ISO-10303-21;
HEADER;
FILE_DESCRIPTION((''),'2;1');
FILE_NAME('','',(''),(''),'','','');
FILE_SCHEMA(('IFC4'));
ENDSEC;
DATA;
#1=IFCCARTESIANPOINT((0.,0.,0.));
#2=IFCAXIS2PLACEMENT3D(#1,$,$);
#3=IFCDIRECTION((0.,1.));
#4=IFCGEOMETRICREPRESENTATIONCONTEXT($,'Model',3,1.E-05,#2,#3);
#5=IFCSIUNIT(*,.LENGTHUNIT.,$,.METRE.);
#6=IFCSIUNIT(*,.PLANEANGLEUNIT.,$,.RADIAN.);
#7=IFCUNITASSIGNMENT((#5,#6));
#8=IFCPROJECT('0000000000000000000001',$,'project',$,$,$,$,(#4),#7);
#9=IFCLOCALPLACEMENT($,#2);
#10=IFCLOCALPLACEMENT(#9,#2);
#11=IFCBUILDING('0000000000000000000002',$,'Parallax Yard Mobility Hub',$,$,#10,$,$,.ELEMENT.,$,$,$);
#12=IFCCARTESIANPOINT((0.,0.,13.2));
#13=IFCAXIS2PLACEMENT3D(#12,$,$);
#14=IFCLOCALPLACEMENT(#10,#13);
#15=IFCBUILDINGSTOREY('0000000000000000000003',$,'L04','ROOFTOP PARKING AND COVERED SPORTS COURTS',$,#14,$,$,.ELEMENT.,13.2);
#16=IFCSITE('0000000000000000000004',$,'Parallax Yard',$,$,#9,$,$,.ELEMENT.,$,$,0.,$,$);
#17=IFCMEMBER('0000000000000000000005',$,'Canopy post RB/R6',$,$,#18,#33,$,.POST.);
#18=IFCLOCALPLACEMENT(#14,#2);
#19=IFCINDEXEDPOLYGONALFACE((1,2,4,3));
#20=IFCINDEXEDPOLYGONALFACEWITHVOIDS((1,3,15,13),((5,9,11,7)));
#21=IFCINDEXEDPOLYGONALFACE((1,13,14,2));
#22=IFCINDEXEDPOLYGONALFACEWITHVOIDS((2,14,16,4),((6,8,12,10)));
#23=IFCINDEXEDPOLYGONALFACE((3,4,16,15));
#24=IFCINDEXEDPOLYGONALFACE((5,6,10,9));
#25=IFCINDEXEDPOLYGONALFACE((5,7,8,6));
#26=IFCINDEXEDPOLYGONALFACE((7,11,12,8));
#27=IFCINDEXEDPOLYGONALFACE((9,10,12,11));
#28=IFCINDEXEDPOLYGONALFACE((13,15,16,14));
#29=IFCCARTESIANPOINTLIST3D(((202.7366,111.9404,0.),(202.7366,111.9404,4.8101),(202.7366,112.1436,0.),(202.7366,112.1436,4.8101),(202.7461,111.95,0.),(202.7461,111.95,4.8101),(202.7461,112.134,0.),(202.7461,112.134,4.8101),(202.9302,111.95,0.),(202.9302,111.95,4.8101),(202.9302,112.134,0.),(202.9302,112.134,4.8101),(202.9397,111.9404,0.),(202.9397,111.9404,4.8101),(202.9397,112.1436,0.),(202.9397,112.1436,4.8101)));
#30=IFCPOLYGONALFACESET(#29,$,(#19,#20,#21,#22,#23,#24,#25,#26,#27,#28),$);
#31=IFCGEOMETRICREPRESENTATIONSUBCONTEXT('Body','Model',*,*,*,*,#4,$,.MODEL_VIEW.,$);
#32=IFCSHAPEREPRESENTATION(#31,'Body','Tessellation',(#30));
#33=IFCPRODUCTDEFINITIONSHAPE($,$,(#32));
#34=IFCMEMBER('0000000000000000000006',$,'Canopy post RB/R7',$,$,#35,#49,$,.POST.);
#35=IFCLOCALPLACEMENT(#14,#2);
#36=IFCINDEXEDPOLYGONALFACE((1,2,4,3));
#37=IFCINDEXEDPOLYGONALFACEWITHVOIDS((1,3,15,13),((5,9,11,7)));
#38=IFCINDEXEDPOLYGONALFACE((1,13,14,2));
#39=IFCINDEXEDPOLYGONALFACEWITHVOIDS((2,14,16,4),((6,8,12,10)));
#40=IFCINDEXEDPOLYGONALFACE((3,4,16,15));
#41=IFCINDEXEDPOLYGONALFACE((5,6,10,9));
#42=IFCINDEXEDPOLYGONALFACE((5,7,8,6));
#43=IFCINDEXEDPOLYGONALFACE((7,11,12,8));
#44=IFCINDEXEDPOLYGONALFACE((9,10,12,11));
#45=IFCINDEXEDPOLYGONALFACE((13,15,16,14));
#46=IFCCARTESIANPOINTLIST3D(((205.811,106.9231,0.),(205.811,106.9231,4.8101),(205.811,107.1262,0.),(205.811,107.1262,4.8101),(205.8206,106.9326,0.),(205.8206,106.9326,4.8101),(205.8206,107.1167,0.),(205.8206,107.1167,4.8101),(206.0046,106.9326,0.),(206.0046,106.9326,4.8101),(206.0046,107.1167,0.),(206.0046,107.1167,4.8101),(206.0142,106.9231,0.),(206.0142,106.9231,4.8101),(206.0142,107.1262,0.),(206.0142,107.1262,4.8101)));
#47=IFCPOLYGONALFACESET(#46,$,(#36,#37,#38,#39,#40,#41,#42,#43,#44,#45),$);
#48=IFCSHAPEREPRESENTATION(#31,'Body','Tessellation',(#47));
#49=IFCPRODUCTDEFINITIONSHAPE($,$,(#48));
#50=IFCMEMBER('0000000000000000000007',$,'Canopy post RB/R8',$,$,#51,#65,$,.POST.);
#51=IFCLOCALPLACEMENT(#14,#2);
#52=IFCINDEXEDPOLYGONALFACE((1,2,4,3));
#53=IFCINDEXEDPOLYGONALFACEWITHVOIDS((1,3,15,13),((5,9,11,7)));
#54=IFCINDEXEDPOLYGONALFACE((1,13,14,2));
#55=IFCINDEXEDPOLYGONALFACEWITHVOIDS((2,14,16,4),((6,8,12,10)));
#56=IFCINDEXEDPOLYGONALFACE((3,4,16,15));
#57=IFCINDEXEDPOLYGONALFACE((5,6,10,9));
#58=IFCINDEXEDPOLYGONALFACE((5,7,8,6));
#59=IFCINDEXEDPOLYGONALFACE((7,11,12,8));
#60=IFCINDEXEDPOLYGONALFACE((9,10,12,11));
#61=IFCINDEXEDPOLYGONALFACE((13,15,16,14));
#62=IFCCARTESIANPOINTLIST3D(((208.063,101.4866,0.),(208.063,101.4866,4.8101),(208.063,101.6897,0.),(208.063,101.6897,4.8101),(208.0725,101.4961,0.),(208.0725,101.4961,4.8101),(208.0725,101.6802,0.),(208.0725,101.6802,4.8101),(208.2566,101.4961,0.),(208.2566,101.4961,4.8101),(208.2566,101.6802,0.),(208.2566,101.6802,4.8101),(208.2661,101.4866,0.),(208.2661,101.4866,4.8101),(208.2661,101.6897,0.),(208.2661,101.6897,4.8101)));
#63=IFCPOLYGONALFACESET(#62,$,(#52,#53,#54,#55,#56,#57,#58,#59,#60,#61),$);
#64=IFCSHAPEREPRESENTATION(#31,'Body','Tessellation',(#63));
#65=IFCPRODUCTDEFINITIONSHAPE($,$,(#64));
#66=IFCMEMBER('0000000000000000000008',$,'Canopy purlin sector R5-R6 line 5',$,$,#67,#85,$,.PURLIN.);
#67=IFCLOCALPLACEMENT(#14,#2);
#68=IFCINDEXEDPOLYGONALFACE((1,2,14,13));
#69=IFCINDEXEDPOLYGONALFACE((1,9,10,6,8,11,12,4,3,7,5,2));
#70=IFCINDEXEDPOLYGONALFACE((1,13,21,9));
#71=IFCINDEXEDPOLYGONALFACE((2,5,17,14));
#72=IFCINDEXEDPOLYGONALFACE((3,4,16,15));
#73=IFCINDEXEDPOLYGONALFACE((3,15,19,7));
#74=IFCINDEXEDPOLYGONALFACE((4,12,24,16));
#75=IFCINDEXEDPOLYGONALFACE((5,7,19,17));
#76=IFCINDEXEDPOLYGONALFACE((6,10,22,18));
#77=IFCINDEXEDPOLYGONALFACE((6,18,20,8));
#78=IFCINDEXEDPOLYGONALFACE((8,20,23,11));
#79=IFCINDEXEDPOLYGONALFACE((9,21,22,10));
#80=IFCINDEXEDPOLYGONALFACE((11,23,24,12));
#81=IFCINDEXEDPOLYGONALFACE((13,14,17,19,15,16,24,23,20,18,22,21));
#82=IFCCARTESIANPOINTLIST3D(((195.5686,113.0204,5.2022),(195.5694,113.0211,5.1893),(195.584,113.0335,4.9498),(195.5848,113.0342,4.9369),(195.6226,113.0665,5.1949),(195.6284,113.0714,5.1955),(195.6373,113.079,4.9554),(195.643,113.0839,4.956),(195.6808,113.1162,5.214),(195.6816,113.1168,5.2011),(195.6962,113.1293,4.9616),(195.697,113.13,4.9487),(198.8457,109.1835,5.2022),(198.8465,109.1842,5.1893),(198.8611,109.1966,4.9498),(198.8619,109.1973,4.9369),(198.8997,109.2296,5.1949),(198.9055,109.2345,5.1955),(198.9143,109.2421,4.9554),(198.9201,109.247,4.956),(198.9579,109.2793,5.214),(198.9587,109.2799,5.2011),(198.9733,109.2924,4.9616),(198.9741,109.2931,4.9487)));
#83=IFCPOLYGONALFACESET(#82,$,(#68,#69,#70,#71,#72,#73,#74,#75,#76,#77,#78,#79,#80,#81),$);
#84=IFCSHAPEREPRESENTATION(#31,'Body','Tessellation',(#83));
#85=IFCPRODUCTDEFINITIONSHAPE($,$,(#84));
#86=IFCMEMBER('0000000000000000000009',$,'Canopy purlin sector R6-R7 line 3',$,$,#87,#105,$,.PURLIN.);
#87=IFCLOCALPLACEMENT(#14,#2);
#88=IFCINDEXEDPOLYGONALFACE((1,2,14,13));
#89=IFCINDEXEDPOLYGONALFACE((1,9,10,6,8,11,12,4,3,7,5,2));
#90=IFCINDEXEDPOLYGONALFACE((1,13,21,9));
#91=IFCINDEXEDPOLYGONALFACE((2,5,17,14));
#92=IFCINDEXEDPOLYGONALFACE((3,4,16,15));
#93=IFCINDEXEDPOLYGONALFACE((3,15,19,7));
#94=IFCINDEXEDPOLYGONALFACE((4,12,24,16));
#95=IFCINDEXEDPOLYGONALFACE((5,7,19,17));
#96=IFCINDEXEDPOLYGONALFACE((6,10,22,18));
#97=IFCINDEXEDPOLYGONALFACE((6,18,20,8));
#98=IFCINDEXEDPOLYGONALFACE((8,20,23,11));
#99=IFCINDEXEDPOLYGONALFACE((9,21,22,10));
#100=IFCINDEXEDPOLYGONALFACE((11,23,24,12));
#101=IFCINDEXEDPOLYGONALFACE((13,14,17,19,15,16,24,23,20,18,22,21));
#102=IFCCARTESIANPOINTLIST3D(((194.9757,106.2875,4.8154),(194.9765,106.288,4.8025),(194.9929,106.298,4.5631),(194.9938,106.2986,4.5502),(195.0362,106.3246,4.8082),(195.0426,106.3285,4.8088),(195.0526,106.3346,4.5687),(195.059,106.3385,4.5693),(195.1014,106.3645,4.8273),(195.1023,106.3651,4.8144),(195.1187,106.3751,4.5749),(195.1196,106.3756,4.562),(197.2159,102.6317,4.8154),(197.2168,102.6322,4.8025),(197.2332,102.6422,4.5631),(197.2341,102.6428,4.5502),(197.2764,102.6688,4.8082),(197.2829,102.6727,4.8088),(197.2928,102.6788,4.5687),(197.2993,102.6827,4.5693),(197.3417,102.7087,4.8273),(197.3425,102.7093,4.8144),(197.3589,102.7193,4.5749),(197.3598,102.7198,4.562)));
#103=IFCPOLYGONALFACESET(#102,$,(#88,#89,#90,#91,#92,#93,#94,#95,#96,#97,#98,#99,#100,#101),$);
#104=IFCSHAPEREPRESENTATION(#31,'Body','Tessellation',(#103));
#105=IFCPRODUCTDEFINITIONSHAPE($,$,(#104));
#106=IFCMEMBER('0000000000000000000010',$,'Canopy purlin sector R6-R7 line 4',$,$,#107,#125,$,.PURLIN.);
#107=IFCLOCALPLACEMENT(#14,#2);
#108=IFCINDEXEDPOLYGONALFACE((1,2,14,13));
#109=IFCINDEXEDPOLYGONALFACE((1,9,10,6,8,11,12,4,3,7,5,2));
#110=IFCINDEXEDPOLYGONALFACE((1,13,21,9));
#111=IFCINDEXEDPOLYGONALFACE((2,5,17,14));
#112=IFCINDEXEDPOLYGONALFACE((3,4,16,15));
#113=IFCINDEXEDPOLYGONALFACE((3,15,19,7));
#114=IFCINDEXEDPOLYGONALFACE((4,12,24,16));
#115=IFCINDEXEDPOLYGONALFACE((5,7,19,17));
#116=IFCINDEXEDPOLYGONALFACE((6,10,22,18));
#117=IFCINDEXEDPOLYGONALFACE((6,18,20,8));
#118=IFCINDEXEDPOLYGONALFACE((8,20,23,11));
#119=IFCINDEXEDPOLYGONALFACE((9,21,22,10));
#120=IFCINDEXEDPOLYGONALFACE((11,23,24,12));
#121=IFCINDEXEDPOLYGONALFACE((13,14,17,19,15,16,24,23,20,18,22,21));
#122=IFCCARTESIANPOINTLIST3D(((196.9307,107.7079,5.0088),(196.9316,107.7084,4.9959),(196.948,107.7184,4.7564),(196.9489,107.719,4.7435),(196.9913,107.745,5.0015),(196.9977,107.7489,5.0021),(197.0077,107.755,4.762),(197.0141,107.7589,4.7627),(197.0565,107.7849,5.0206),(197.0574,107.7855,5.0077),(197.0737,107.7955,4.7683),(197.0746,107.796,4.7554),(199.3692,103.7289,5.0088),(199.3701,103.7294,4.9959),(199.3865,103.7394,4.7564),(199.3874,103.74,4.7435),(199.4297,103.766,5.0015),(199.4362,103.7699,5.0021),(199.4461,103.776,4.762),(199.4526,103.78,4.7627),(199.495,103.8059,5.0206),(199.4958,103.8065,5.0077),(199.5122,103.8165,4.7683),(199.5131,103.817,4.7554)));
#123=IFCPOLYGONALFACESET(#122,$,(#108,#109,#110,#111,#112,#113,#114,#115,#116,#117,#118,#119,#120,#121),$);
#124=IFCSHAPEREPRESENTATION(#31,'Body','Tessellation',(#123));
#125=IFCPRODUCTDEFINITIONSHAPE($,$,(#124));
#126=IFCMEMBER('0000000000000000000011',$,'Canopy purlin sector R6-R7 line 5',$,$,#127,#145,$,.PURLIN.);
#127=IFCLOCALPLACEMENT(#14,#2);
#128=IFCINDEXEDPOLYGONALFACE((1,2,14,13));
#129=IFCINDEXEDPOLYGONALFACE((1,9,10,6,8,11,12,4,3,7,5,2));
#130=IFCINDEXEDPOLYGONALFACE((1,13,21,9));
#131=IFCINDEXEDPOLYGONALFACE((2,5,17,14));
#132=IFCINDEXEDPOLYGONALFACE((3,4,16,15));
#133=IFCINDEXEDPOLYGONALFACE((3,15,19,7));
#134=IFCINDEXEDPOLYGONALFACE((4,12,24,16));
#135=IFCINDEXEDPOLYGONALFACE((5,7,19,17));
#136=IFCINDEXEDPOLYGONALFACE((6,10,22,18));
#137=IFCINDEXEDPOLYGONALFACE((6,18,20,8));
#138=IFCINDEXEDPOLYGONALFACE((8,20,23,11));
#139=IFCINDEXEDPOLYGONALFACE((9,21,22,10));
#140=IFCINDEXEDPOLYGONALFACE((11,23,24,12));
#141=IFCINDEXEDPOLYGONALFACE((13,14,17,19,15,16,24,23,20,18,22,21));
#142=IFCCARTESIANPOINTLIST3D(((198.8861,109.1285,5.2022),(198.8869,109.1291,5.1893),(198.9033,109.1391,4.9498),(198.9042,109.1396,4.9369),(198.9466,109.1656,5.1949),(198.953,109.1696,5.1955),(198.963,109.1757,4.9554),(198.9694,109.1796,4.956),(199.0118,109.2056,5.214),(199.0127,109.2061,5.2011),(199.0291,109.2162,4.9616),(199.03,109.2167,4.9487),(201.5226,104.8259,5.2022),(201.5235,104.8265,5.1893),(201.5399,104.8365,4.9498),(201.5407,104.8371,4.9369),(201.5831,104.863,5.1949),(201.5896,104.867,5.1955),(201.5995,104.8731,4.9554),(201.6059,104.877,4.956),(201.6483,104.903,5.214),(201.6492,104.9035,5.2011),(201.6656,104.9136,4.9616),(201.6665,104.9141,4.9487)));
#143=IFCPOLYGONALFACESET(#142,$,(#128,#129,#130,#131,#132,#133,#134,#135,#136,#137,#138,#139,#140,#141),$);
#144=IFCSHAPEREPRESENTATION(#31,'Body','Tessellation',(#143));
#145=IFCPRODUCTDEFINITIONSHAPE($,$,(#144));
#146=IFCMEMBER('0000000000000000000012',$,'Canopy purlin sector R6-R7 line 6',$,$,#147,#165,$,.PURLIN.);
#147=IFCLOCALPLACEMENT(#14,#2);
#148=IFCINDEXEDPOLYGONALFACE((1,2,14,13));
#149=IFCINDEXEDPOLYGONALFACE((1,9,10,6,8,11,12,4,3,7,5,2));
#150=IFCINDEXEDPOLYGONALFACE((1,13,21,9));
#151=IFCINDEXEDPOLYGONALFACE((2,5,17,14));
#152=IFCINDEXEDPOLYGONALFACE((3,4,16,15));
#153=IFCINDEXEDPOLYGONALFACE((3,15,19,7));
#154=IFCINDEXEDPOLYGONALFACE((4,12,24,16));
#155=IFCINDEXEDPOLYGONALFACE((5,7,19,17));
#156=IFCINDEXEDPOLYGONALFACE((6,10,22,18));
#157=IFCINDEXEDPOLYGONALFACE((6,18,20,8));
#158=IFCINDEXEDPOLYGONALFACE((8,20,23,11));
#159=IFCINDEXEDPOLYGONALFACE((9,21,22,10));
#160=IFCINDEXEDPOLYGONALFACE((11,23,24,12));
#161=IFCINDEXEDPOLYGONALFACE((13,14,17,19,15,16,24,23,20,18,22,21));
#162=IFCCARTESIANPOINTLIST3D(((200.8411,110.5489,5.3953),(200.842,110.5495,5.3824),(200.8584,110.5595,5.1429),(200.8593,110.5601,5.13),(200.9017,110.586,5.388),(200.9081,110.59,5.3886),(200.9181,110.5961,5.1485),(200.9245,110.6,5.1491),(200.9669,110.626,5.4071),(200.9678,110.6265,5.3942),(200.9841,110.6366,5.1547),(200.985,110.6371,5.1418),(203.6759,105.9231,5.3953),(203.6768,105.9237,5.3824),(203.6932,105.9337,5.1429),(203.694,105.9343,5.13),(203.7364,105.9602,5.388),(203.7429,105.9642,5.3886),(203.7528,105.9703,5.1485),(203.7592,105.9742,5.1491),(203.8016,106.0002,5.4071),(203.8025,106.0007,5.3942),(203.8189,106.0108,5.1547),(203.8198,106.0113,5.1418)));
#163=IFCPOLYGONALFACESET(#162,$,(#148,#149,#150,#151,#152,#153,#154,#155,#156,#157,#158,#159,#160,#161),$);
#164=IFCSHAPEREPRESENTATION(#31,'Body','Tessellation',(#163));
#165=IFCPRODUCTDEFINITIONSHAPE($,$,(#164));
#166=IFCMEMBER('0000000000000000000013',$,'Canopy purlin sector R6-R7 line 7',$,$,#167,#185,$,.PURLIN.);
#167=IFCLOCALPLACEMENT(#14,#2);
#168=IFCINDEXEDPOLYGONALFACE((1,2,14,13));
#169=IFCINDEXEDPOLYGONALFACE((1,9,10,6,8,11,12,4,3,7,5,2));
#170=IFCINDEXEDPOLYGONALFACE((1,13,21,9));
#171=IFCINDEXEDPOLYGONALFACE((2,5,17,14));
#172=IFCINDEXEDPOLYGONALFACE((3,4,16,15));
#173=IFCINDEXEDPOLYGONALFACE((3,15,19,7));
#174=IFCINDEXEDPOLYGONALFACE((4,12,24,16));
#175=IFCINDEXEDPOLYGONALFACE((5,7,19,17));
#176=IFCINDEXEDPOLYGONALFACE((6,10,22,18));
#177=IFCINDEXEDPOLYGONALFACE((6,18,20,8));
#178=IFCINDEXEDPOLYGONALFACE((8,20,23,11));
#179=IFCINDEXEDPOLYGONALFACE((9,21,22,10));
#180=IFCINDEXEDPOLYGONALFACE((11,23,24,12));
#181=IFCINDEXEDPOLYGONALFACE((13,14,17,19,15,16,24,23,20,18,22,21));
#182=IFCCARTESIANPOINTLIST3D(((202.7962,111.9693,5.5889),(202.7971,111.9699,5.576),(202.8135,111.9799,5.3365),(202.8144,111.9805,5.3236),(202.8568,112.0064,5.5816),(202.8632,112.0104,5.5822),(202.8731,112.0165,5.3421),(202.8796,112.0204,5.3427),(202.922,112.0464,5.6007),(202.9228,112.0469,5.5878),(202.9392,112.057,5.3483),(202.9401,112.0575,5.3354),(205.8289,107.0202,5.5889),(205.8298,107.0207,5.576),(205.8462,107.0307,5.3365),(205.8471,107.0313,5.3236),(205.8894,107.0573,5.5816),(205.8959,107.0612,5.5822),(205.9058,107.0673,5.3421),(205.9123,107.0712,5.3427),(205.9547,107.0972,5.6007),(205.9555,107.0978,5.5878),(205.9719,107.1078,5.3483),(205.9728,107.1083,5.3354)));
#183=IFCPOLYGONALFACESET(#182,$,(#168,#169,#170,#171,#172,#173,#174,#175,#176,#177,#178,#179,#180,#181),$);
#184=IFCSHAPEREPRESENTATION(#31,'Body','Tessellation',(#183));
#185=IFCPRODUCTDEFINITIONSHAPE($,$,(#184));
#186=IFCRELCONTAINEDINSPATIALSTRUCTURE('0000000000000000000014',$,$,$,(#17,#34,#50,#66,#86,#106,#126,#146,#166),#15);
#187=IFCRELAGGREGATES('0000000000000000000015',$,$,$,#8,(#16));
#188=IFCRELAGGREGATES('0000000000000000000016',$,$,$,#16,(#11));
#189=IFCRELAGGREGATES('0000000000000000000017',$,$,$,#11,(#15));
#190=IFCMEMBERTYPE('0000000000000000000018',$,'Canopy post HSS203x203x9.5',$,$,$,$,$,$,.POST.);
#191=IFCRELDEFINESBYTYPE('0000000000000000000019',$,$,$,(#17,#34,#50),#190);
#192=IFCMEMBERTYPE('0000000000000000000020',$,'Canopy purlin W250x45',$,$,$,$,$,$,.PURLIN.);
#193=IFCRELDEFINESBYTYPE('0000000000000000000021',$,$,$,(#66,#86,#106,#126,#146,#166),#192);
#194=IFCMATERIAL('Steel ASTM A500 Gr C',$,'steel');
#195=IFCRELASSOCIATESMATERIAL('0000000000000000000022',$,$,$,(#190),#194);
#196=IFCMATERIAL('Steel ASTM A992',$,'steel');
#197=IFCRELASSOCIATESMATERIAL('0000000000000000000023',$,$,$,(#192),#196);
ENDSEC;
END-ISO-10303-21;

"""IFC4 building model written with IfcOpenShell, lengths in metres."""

from ifc_helpers import new_model, si_unit, direction, frame, origin, origin_2d, place, context, subcontext, project, spatial, hollow_rectangle, i_section, extrude, material, material_profile, profile_set, type_object, element, save


model = new_model("IFC4")

# Units and contexts
model_context = context("Model", 3, precision=1e-05, world=origin(), true_north=direction((0.0, 1.0)))
body_context = subcontext(model_context, "Body", "Model", "MODEL_VIEW")
ifc_project = project(units=[si_unit("LENGTHUNIT", "METRE"), si_unit("PLANEANGLEUNIT", "RADIAN")], contexts=[model_context])

# Site, building, storey
site_placement = place(None, origin())
site = spatial("IfcSite", under=ifc_project, at=site_placement, Name="Parallax Yard", CompositionType="ELEMENT", RefElevation=0.0)
building_placement = place(site_placement, origin())
building = spatial("IfcBuilding", under=site, at=building_placement, Name="Parallax Yard Mobility Hub", CompositionType="ELEMENT")
storey_placement = place(building_placement, frame((0.0, 0.0, 13.2)))
storey = spatial("IfcBuildingStorey", under=building, at=storey_placement, Name="L04", Description="ROOFTOP PARKING AND COVERED SPORTS COURTS", CompositionType="ELEMENT", Elevation=13.2)

# Members
ifc_material_1 = material(Name="Steel ASTM A500 Gr C", Category="steel")
ifc_material_profile_1 = material_profile(ifc_material_1, hollow_rectangle(XDim=0.2031, YDim=0.2031, WallThickness=0.0095, at=origin_2d()), Name="HSS203x203x9.5")
ifc_profile_set_1 = profile_set([ifc_material_profile_1], Name="Steel ASTM A500 Gr C")
member_type_1 = type_object("IfcMemberType", Name="Canopy post HSS203x203x9.5", PredefinedType="POST", material=ifc_profile_set_1)
for number, where, z_axis, x_axis, name in (
    (1, (202.8381, 112.042, 0.0), (0.0, 0.0, 1.0), (1.0, 0.0, 0.0), "Canopy post RB/R6"),
    (2, (205.9126, 107.0247, 0.0), (0.0, 0.0, 1.0), (1.0, 0.0, 0.0), "Canopy post RB/R7"),
    (3, (208.1646, 101.5881, 0.0), (0.0, 0.0, 1.0), (1.0, 0.0, 0.0), "Canopy post RB/R8"),
):
    element("IfcMember", number, at=place(storey_placement, frame(where, z_axis=z_axis, x_axis=x_axis)), inside=storey, type_object=member_type_1, Name=name, PredefinedType="POST", context=body_context, shape_type="SweptSolid", body=[
        extrude(hollow_rectangle(XDim=0.2031, YDim=0.2031, WallThickness=0.0095, at=origin_2d()), origin(), (0.0, 0.0, 1.0), 4.8101),
    ])
ifc_material_2 = material(Name="Steel ASTM A992", Category="steel")
ifc_material_profile_2 = material_profile(ifc_material_2, i_section(OverallWidth=0.1479, OverallDepth=0.2661, WebThickness=0.0076, FlangeThickness=0.0129, at=origin_2d()), Name="W250x45")
ifc_profile_set_2 = profile_set([ifc_material_profile_2], Name="Steel ASTM A992")
member_type_2 = type_object("IfcMemberType", Name="Canopy purlin W250x45", PredefinedType="PURLIN", material=ifc_profile_set_2)
member_1_placement = place(storey_placement, frame((195.6328, 113.0752, 5.0754), z_axis=(0.649456, -0.7604, 0.0), x_axis=(0.757963, 0.647374, 0.07999)))
element("IfcMember", 4, at=member_1_placement, inside=storey, type_object=member_type_2, Name="Canopy purlin sector R5-R6 line 5", PredefinedType="PURLIN", context=body_context, shape_type="SweptSolid", body=[
    extrude(i_section(OverallWidth=0.1479, OverallDepth=0.2661, WebThickness=0.0076, FlangeThickness=0.0129, at=origin_2d()), origin(), (0.0, 0.0, 1.0), 5.0459),
])
member_2_placement = place(storey_placement, frame((195.0476, 106.3315, 4.6887), z_axis=(0.522495, -0.852642, 0.0), x_axis=(0.84991, 0.520821, 0.07999)))
element("IfcMember", 5, at=member_2_placement, inside=storey, type_object=member_type_2, Name="Canopy purlin sector R6-R7 line 3", PredefinedType="PURLIN", context=body_context, shape_type="SweptSolid", body=[
    extrude(i_section(OverallWidth=0.1479, OverallDepth=0.2661, WebThickness=0.0076, FlangeThickness=0.0129, at=origin_2d()), origin(), (0.0, 0.0, 1.0), 4.2876),
])
member_3_placement = place(storey_placement, frame((197.0027, 107.752, 4.8821), z_axis=(0.52252, -0.852627, 0.0), x_axis=(0.849895, 0.520846, 0.07999)))
element("IfcMember", 6, at=member_3_placement, inside=storey, type_object=member_type_2, Name="Canopy purlin sector R6-R7 line 4", PredefinedType="PURLIN", context=body_context, shape_type="SweptSolid", body=[
    extrude(i_section(OverallWidth=0.1479, OverallDepth=0.2661, WebThickness=0.0076, FlangeThickness=0.0129, at=origin_2d()), origin(), (0.0, 0.0, 1.0), 4.6667),
])
member_4_placement = place(storey_placement, frame((198.958, 109.1726, 5.0754), z_axis=(0.522485, -0.852649, 0.0), x_axis=(0.849916, 0.520811, 0.07999)))
element("IfcMember", 7, at=member_4_placement, inside=storey, type_object=member_type_2, Name="Canopy purlin sector R6-R7 line 5", PredefinedType="PURLIN", context=body_context, shape_type="SweptSolid", body=[
    extrude(i_section(OverallWidth=0.1479, OverallDepth=0.2661, WebThickness=0.0076, FlangeThickness=0.0129, at=origin_2d()), origin(), (0.0, 0.0, 1.0), 5.0461),
])
member_5_placement = place(storey_placement, frame((200.9131, 110.593, 5.2686), z_axis=(0.522507, -0.852635, 0.0), x_axis=(0.849903, 0.520833, 0.07999)))
element("IfcMember", 8, at=member_5_placement, inside=storey, type_object=member_type_2, Name="Canopy purlin sector R6-R7 line 6", PredefinedType="PURLIN", context=body_context, shape_type="SweptSolid", body=[
    extrude(i_section(OverallWidth=0.1479, OverallDepth=0.2661, WebThickness=0.0076, FlangeThickness=0.0129, at=origin_2d()), origin(), (0.0, 0.0, 1.0), 5.4253),
])
member_6_placement = place(storey_placement, frame((202.8682, 112.0134, 5.4622), z_axis=(0.522477, -0.852653, 0.0), x_axis=(0.849921, 0.520803, 0.07999)))
element("IfcMember", 9, at=member_6_placement, inside=storey, type_object=member_type_2, Name="Canopy purlin sector R6-R7 line 7", PredefinedType="PURLIN", context=body_context, shape_type="SweptSolid", body=[
    extrude(i_section(OverallWidth=0.1479, OverallDepth=0.2661, WebThickness=0.0076, FlangeThickness=0.0129, at=origin_2d()), origin(), (0.0, 0.0, 1.0), 5.8044),
])

save(model, "model.ifc")
